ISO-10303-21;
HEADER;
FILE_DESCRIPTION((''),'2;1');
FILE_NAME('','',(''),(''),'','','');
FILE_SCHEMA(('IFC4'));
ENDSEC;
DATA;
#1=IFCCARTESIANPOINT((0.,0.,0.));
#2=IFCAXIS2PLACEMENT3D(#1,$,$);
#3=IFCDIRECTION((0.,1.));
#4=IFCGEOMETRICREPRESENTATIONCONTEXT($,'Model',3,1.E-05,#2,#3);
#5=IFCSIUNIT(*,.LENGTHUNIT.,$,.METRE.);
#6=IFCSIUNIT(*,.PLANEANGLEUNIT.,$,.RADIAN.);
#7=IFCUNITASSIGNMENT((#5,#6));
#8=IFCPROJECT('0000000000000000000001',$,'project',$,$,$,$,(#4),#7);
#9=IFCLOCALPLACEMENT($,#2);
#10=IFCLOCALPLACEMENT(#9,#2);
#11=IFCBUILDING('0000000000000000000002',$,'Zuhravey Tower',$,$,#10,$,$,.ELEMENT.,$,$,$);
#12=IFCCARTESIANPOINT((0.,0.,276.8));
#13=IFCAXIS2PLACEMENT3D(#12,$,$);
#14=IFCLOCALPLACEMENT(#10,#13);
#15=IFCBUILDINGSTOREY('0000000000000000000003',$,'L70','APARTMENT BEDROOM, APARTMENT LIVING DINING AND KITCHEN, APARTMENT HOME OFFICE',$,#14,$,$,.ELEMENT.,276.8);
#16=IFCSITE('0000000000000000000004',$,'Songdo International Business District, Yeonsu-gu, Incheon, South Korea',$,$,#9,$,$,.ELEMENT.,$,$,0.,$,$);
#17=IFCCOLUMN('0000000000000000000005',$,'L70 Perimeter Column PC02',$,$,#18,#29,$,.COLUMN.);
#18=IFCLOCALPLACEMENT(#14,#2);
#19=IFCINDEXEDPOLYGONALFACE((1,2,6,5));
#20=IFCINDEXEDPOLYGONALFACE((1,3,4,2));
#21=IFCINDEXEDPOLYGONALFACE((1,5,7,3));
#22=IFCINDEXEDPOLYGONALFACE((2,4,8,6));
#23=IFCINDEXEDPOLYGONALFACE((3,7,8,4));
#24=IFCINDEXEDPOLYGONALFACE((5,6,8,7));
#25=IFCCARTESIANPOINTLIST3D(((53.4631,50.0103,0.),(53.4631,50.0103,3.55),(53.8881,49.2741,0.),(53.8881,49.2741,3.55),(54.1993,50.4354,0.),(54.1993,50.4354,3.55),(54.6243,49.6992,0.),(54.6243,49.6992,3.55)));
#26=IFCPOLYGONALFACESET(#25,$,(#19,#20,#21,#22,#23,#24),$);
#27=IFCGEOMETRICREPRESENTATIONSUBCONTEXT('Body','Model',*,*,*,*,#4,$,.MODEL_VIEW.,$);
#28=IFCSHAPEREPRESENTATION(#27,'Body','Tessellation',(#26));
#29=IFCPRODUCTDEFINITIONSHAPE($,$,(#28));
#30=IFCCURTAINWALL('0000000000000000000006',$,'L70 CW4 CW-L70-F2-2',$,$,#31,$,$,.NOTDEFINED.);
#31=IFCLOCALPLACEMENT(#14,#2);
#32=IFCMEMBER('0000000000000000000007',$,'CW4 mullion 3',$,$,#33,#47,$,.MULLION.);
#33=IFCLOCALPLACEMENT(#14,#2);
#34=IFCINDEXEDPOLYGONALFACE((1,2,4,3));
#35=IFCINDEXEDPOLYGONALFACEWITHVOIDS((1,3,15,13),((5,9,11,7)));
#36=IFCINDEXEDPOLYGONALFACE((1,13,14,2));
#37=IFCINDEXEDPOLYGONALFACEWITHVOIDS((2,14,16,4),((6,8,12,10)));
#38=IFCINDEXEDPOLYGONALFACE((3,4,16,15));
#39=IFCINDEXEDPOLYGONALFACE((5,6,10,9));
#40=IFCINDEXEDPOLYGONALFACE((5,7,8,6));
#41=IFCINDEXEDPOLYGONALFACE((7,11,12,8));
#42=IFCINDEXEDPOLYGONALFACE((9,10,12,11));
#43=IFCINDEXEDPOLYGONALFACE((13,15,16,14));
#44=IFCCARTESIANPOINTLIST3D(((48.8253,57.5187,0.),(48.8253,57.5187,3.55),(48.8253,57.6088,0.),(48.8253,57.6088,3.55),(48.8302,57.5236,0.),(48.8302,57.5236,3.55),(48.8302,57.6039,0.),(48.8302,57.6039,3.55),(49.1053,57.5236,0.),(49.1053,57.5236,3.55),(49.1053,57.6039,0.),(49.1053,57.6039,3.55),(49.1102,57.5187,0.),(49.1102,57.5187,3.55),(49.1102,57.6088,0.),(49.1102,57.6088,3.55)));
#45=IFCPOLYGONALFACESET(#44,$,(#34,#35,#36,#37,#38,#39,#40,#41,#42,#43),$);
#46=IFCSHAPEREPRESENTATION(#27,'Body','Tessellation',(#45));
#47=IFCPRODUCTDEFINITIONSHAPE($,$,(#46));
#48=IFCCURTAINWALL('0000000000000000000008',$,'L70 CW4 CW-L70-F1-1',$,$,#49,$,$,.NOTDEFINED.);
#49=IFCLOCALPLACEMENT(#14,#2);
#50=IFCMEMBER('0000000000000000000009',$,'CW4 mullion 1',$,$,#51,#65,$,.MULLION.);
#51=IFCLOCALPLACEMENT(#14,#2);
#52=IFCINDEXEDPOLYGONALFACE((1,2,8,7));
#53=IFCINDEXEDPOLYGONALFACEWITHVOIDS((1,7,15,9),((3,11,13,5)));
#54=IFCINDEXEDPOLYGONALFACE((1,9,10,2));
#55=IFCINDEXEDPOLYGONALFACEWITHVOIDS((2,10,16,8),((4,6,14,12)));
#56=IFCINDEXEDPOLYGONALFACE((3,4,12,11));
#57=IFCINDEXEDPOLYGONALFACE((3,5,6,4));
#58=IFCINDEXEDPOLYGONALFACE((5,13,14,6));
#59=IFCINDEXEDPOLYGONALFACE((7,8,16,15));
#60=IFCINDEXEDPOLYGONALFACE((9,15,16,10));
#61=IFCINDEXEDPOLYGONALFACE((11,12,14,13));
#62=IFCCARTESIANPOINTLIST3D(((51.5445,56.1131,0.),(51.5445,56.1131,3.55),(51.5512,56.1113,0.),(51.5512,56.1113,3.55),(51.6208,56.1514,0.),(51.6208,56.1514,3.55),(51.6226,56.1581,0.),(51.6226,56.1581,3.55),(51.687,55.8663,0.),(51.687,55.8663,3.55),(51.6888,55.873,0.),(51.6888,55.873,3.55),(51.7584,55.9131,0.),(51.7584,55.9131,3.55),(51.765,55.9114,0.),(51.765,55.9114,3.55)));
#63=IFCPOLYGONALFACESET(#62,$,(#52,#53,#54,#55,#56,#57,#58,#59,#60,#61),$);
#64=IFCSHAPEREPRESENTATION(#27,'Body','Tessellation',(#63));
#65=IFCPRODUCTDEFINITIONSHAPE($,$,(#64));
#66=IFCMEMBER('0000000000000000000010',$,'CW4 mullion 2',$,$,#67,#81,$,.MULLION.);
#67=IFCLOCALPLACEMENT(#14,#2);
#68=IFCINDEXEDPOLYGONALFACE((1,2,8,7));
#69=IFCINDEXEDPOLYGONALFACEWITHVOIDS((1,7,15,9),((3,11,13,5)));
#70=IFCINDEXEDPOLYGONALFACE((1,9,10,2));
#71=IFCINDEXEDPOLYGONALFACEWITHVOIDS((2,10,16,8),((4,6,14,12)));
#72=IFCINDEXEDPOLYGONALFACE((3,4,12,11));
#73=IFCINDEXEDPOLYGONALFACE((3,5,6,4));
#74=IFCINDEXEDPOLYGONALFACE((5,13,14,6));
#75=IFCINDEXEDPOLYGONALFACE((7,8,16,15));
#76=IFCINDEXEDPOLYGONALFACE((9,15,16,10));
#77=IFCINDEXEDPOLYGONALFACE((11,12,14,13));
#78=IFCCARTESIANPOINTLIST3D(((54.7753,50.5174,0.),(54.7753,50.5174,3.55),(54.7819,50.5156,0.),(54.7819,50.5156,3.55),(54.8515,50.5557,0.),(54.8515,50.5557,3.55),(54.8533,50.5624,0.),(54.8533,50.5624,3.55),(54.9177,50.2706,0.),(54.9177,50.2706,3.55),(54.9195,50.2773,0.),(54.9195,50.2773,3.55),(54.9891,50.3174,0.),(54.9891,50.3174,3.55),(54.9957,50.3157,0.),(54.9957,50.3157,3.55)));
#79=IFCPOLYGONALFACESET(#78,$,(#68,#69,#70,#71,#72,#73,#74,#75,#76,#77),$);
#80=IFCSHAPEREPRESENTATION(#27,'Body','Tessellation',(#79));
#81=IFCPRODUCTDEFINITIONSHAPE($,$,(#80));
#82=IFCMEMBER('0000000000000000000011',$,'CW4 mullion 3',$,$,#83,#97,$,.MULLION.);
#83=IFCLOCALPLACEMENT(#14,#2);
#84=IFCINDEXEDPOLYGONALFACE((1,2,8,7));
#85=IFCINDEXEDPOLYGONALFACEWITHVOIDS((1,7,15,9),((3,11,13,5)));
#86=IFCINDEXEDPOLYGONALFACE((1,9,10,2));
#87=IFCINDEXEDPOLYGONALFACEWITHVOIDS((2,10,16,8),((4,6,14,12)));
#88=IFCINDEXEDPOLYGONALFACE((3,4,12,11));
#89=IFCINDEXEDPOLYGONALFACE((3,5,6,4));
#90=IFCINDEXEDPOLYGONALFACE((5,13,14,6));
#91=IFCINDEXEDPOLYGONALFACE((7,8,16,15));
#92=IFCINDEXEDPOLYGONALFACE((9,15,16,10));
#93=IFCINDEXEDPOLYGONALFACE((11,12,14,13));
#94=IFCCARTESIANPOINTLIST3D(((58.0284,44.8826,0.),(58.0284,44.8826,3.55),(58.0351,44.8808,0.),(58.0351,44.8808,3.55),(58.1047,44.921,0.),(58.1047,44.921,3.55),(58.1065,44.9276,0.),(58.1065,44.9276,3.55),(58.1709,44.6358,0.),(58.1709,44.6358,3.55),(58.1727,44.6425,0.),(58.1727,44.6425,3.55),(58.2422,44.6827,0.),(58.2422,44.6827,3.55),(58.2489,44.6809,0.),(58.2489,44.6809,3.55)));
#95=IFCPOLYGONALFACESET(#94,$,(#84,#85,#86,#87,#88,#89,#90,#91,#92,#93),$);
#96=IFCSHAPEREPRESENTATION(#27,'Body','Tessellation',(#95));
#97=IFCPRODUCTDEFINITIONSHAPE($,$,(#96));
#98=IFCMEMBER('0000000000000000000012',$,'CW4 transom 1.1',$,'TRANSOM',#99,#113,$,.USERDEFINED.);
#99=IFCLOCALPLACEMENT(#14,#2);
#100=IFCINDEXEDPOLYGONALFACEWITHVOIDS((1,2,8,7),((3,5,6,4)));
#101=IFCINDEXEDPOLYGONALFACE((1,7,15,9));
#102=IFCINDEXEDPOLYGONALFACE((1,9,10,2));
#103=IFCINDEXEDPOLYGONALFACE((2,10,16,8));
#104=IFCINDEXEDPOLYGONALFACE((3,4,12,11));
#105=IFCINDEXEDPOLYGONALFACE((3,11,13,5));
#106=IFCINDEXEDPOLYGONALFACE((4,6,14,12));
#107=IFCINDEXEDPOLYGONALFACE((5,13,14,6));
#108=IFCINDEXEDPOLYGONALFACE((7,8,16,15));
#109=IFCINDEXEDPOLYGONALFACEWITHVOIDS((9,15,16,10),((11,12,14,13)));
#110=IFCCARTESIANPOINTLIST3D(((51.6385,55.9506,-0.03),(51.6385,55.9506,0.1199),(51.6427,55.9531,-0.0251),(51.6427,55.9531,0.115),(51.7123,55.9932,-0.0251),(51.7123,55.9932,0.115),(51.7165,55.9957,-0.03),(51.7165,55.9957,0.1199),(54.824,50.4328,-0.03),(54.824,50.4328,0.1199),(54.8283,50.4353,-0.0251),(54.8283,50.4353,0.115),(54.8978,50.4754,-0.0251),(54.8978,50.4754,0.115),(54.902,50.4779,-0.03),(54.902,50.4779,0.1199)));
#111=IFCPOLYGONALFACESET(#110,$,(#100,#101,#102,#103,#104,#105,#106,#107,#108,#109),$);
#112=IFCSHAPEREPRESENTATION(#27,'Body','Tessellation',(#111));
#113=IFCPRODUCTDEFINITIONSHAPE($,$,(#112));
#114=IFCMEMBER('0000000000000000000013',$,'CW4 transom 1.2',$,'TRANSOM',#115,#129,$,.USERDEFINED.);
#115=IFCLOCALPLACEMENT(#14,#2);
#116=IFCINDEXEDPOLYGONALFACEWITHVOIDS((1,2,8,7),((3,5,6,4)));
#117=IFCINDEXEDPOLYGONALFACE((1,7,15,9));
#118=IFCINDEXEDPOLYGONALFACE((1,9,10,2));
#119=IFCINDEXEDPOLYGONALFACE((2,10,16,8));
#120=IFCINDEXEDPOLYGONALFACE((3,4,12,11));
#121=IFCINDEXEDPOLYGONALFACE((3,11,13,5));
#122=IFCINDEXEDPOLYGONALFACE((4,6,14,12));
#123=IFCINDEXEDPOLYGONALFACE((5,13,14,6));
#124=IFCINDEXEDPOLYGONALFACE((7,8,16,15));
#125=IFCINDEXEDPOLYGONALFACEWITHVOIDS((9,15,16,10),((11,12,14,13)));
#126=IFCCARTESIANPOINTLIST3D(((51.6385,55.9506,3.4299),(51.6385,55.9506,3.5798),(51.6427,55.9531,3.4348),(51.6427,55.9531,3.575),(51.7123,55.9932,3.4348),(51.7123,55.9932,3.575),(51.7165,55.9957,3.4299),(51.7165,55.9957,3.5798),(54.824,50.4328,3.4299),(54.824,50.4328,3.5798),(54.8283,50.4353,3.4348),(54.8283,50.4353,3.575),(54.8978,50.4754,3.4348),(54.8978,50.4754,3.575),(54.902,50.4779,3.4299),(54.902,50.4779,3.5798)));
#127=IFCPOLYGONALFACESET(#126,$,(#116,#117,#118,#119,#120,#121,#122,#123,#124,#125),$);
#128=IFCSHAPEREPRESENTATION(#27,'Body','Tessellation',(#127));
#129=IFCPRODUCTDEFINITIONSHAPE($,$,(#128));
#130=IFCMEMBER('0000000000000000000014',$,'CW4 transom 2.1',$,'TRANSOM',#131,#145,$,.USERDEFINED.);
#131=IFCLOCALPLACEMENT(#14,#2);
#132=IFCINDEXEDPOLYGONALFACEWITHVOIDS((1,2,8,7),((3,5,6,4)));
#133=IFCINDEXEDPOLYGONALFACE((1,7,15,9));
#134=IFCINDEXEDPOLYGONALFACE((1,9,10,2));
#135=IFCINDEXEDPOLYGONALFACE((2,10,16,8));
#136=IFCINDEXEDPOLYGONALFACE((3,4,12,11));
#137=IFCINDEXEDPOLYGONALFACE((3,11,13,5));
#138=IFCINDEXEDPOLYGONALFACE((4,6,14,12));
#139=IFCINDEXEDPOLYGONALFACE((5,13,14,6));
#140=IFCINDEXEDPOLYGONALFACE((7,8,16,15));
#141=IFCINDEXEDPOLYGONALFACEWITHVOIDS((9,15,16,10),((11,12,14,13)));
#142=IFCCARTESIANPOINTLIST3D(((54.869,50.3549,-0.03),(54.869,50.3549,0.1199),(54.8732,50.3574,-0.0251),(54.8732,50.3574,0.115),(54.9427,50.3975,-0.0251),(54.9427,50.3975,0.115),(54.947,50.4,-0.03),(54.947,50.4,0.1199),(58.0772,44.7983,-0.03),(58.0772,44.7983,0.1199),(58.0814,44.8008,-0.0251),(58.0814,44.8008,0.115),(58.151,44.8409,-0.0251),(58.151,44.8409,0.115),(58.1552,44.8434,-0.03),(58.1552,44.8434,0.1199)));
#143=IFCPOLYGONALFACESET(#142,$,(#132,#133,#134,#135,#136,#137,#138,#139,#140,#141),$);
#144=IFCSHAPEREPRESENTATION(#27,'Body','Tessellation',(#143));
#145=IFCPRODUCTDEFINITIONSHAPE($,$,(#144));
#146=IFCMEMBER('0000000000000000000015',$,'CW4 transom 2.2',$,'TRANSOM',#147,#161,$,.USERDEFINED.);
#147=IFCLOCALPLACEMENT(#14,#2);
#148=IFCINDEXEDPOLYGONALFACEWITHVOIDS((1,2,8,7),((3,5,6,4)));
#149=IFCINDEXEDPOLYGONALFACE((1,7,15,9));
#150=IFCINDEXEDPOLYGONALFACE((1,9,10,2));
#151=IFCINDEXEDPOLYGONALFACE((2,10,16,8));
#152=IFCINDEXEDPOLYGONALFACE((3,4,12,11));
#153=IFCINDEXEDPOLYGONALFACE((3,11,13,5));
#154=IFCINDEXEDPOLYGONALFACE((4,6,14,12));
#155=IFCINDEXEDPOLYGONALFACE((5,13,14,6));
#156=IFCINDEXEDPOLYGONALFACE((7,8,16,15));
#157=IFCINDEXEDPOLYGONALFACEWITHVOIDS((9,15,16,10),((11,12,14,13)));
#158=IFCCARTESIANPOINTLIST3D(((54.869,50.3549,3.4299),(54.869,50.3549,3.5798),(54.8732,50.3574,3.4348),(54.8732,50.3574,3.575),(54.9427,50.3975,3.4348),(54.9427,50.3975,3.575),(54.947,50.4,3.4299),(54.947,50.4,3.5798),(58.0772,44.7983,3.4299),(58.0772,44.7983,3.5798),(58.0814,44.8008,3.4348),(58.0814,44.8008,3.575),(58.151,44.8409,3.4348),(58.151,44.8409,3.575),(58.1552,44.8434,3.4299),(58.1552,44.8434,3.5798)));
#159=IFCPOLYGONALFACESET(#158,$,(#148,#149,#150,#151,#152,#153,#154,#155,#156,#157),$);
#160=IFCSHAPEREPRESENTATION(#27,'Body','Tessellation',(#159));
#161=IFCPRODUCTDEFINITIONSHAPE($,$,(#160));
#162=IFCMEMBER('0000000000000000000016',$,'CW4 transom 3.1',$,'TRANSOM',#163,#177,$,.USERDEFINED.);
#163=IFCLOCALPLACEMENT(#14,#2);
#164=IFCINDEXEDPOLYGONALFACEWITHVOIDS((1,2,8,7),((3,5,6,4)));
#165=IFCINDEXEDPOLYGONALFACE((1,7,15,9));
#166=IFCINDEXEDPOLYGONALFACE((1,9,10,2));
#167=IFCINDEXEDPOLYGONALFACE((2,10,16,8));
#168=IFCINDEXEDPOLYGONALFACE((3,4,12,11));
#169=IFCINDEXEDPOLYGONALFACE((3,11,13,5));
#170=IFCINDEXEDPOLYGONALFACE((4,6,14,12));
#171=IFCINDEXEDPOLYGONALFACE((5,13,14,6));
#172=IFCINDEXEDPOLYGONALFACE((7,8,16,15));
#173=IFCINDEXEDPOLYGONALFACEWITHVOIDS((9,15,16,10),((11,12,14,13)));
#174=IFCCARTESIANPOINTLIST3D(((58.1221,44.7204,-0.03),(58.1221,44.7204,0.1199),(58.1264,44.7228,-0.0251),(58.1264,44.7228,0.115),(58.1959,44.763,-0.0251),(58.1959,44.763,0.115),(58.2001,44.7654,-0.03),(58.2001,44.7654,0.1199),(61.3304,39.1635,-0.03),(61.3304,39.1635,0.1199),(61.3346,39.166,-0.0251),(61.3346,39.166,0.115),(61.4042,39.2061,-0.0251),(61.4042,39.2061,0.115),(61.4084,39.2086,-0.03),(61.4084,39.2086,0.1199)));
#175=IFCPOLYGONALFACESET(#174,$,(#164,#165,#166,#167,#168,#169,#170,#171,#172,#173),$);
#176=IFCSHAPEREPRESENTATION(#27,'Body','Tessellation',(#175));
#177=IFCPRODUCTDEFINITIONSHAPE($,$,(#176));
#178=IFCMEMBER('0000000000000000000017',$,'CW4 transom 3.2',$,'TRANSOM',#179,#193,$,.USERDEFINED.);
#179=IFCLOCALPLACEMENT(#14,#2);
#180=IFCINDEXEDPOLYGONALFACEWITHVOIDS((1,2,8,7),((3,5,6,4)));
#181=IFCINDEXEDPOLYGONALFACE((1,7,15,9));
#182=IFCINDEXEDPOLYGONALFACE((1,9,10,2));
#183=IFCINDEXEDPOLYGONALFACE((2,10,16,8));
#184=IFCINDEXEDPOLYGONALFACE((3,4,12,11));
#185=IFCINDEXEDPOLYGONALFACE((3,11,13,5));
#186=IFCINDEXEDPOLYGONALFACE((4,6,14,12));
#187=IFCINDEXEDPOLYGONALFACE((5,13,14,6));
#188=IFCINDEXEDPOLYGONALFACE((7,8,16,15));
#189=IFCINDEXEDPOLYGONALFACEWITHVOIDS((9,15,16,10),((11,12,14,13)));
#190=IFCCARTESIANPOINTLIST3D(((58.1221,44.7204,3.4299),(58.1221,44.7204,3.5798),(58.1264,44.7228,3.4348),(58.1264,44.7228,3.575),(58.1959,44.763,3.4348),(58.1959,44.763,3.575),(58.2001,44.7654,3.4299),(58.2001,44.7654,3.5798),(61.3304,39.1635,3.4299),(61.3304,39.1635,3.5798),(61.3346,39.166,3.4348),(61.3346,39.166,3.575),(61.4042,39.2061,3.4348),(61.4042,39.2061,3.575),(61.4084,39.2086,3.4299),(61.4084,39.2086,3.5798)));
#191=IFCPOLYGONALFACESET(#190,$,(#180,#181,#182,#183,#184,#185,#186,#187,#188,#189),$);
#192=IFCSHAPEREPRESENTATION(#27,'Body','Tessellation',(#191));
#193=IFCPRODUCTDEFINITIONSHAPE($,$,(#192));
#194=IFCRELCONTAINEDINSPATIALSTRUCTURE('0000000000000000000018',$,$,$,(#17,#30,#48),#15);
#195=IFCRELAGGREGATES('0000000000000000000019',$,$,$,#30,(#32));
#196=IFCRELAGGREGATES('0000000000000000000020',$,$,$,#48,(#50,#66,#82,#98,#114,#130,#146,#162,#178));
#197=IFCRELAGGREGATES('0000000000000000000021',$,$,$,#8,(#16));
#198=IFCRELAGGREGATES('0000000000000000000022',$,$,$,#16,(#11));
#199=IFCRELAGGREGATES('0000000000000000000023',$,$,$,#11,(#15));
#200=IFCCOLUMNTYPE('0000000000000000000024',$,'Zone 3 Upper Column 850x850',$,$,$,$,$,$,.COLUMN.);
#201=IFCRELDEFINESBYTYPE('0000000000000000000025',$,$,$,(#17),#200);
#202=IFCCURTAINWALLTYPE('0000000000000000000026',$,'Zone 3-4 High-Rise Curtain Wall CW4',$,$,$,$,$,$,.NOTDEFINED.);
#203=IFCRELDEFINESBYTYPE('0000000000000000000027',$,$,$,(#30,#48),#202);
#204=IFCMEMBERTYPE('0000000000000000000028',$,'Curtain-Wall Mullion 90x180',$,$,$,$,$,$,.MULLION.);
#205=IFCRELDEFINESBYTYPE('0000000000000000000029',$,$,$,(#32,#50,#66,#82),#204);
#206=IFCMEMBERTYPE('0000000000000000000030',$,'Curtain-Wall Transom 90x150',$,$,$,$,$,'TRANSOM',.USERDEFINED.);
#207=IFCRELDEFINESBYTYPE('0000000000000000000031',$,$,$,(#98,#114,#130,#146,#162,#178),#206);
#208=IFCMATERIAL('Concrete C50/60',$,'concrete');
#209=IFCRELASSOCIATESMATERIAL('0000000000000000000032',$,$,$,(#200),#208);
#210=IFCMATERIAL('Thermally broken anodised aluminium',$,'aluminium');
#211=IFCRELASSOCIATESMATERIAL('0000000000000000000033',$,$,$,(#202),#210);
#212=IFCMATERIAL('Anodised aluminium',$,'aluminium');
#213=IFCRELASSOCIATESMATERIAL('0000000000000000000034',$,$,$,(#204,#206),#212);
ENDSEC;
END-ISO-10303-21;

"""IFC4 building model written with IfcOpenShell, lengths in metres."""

from ifc_helpers import new_model, si_unit, direction, frame, origin, origin_2d, place, context, subcontext, project, spatial, rectangle, hollow_rectangle, extrude, material, material_profile, profile_set, type_object, element, aggregate, save


model = new_model("IFC4")

# Units and contexts
model_context = context("Model", 3, precision=1e-05, world=origin(), true_north=direction((0.0, 1.0)))
body_context = subcontext(model_context, "Body", "Model", "MODEL_VIEW")
ifc_project = project(units=[si_unit("LENGTHUNIT", "METRE"), si_unit("PLANEANGLEUNIT", "RADIAN")], contexts=[model_context])

# Site, building, storey
site_placement = place(None, origin())
site = spatial("IfcSite", under=ifc_project, at=site_placement, Name="Songdo International Business District, Yeonsu-gu, Incheon, South Korea", CompositionType="ELEMENT", RefElevation=0.0)
building_placement = place(site_placement, origin())
building = spatial("IfcBuilding", under=site, at=building_placement, Name="Zuhravey Tower", CompositionType="ELEMENT")
storey_placement = place(building_placement, frame((0.0, 0.0, 276.8)))
storey = spatial("IfcBuildingStorey", under=building, at=storey_placement, Name="L70", Description="APARTMENT BEDROOM, APARTMENT LIVING DINING AND KITCHEN, APARTMENT HOME OFFICE", CompositionType="ELEMENT", Elevation=276.8)

# Column
ifc_material_1 = material(Name="Concrete C50/60", Category="concrete")
ifc_material_profile_1 = material_profile(ifc_material_1, rectangle(XDim=0.8501, YDim=0.8501, at=origin_2d()), Name="RC-850x850")
ifc_profile_set_1 = profile_set([ifc_material_profile_1], Name="Concrete C50/60")
column_type = type_object("IfcColumnType", Name="Zone 3 Upper Column 850x850", PredefinedType="COLUMN", material=ifc_profile_set_1)
column_placement = place(storey_placement, frame((54.0437, 49.8547, 0.0), z_axis=(0.0, 0.0, 1.0), x_axis=(-0.5, 0.866025, 0.0)))
element("IfcColumn", 1, at=column_placement, inside=storey, type_object=column_type, Name="L70 Perimeter Column PC02", PredefinedType="COLUMN", context=body_context, shape_type="SweptSolid", body=[
    extrude(rectangle(XDim=0.8501, YDim=0.8501, at=origin_2d()), origin(), (0.0, 0.0, 1.0), 3.55),
])

# Curtain wall, member
ifc_material_2 = material(Name="Thermally broken anodised aluminium", Category="aluminium")
curtain_wall_type = type_object("IfcCurtainWallType", Name="Zone 3-4 High-Rise Curtain Wall CW4", PredefinedType="NOTDEFINED", material=ifc_material_2)
curtain_wall_1_placement = place(storey_placement, origin())
curtain_wall_1 = element("IfcCurtainWall", 2, at=curtain_wall_1_placement, inside=storey, type_object=curtain_wall_type, Name="L70 CW4 CW-L70-F2-2", PredefinedType="NOTDEFINED")
ifc_material_3 = material(Name="Anodised aluminium", Category="aluminium")
ifc_material_profile_2 = material_profile(ifc_material_3, hollow_rectangle(XDim=0.0901, YDim=0.2849, WallThickness=0.0049, at=origin_2d()), Name="ALU-RHS-90x285x5")
ifc_profile_set_2 = profile_set([ifc_material_profile_2], Name="Anodised aluminium")
member_type_1 = type_object("IfcMemberType", Name="Curtain-Wall Mullion 90x180", PredefinedType="MULLION", material=ifc_profile_set_2)
member_1_placement = place(storey_placement, frame((48.9678, 57.5637, 0.0), z_axis=(0.0, 0.0, 1.0), x_axis=(0.0, 1.0, 0.0)))
member_1 = element("IfcMember", 3, at=member_1_placement, type_object=member_type_1, Name="CW4 mullion 3", PredefinedType="MULLION", context=body_context, shape_type="SweptSolid", body=[
    extrude(hollow_rectangle(XDim=0.0901, YDim=0.2849, WallThickness=0.0049, at=origin_2d()), origin(), (0.0, 0.0, 1.0), 3.55),
])
aggregate(curtain_wall_1, [member_1])

# Curtain wall, members
curtain_wall_2_placement = place(storey_placement, origin())
curtain_wall_2 = element("IfcCurtainWall", 4, at=curtain_wall_2_placement, inside=storey, type_object=curtain_wall_type, Name="L70 CW4 CW-L70-F1-1", PredefinedType="NOTDEFINED")
member_2_placement = place(storey_placement, frame((51.6548, 56.0122, 0.0), z_axis=(0.0, 0.0, 1.0), x_axis=(0.866025, 0.500001, 0.0)))
member_2 = element("IfcMember", 5, at=member_2_placement, type_object=member_type_1, Name="CW4 mullion 1", PredefinedType="MULLION", context=body_context, shape_type="SweptSolid", body=[
    extrude(hollow_rectangle(XDim=0.0901, YDim=0.2849, WallThickness=0.0049, at=origin_2d()), origin(), (0.0, 0.0, 1.0), 3.55),
])
member_3_placement = place(storey_placement, frame((54.8855, 50.4165, 0.0), z_axis=(0.0, 0.0, 1.0), x_axis=(0.866025, 0.500001, 0.0)))
member_3 = element("IfcMember", 6, at=member_3_placement, type_object=member_type_1, Name="CW4 mullion 2", PredefinedType="MULLION", context=body_context, shape_type="SweptSolid", body=[
    extrude(hollow_rectangle(XDim=0.0901, YDim=0.2849, WallThickness=0.0049, at=origin_2d()), origin(), (0.0, 0.0, 1.0), 3.55),
])
member_4_placement = place(storey_placement, frame((58.1387, 44.7817, 0.0), z_axis=(0.0, 0.0, 1.0), x_axis=(0.866025, 0.500001, 0.0)))
member_4 = element("IfcMember", 7, at=member_4_placement, type_object=member_type_1, Name="CW4 mullion 3", PredefinedType="MULLION", context=body_context, shape_type="SweptSolid", body=[
    extrude(hollow_rectangle(XDim=0.0901, YDim=0.2849, WallThickness=0.0049, at=origin_2d()), origin(), (0.0, 0.0, 1.0), 3.55),
])
ifc_material_profile_3 = material_profile(ifc_material_3, hollow_rectangle(XDim=0.0901, YDim=0.1499, WallThickness=0.0049, at=origin_2d()), Name="ALU-RHS-90x150x5")
ifc_profile_set_3 = profile_set([ifc_material_profile_3], Name="Anodised aluminium")
member_type_2 = type_object("IfcMemberType", Name="Curtain-Wall Transom 90x150", ElementType="TRANSOM", PredefinedType="USERDEFINED", material=ifc_profile_set_3)
member_5_placement = place(storey_placement, frame((51.6775, 55.9731, 0.0449), z_axis=(0.49998, -0.866037, 0.0), x_axis=(0.866037, 0.49998, 0.0)))
member_5 = element("IfcMember", 8, at=member_5_placement, type_object=member_type_2, Name="CW4 transom 1.1", ObjectType="TRANSOM", PredefinedType="USERDEFINED", context=body_context, shape_type="SweptSolid", body=[
    extrude(hollow_rectangle(XDim=0.0901, YDim=0.1499, WallThickness=0.0049, at=origin_2d()), origin(), (0.0, 0.0, 1.0), 6.3713),
])
member_6_placement = place(storey_placement, frame((51.6775, 55.9731, 3.5049), z_axis=(0.49998, -0.866037, 0.0), x_axis=(0.866037, 0.49998, 0.0)))
member_6 = element("IfcMember", 9, at=member_6_placement, type_object=member_type_2, Name="CW4 transom 1.2", ObjectType="TRANSOM", PredefinedType="USERDEFINED", context=body_context, shape_type="SweptSolid", body=[
    extrude(hollow_rectangle(XDim=0.0901, YDim=0.1499, WallThickness=0.0049, at=origin_2d()), origin(), (0.0, 0.0, 1.0), 6.3713),
])
member_7_placement = place(storey_placement, frame((54.908, 50.3774, 0.0449), z_axis=(0.500014, -0.866017, 0.0), x_axis=(0.866017, 0.500014, 0.0)))
member_7 = element("IfcMember", 10, at=member_7_placement, type_object=member_type_2, Name="CW4 transom 2.1", ObjectType="TRANSOM", PredefinedType="USERDEFINED", context=body_context, shape_type="SweptSolid", body=[
    extrude(hollow_rectangle(XDim=0.0901, YDim=0.1499, WallThickness=0.0049, at=origin_2d()), origin(), (0.0, 0.0, 1.0), 6.4163),
])
member_8_placement = place(storey_placement, frame((54.908, 50.3774, 3.5049), z_axis=(0.500014, -0.866017, 0.0), x_axis=(0.866017, 0.500014, 0.0)))
member_8 = element("IfcMember", 11, at=member_8_placement, type_object=member_type_2, Name="CW4 transom 2.2", ObjectType="TRANSOM", PredefinedType="USERDEFINED", context=body_context, shape_type="SweptSolid", body=[
    extrude(hollow_rectangle(XDim=0.0901, YDim=0.1499, WallThickness=0.0049, at=origin_2d()), origin(), (0.0, 0.0, 1.0), 6.4163),
])
member_9_placement = place(storey_placement, frame((58.1611, 44.7429, 0.0449), z_axis=(0.499998, -0.866027, 0.0), x_axis=(0.866027, 0.499998, 0.0)))
member_9 = element("IfcMember", 12, at=member_9_placement, type_object=member_type_2, Name="CW4 transom 3.1", ObjectType="TRANSOM", PredefinedType="USERDEFINED", context=body_context, shape_type="SweptSolid", body=[
    extrude(hollow_rectangle(XDim=0.0901, YDim=0.1499, WallThickness=0.0049, at=origin_2d()), origin(), (0.0, 0.0, 1.0), 6.4165),
])
member_10_placement = place(storey_placement, frame((58.1611, 44.7429, 3.5049), z_axis=(0.499998, -0.866027, 0.0), x_axis=(0.866027, 0.499998, 0.0)))
member_10 = element("IfcMember", 13, at=member_10_placement, type_object=member_type_2, Name="CW4 transom 3.2", ObjectType="TRANSOM", PredefinedType="USERDEFINED", context=body_context, shape_type="SweptSolid", body=[
    extrude(hollow_rectangle(XDim=0.0901, YDim=0.1499, WallThickness=0.0049, at=origin_2d()), origin(), (0.0, 0.0, 1.0), 6.4165),
])

aggregate(curtain_wall_2, [member_2, member_3, member_4, member_5, member_6, member_7, member_8, member_9, member_10])

save(model, "model.ifc")
